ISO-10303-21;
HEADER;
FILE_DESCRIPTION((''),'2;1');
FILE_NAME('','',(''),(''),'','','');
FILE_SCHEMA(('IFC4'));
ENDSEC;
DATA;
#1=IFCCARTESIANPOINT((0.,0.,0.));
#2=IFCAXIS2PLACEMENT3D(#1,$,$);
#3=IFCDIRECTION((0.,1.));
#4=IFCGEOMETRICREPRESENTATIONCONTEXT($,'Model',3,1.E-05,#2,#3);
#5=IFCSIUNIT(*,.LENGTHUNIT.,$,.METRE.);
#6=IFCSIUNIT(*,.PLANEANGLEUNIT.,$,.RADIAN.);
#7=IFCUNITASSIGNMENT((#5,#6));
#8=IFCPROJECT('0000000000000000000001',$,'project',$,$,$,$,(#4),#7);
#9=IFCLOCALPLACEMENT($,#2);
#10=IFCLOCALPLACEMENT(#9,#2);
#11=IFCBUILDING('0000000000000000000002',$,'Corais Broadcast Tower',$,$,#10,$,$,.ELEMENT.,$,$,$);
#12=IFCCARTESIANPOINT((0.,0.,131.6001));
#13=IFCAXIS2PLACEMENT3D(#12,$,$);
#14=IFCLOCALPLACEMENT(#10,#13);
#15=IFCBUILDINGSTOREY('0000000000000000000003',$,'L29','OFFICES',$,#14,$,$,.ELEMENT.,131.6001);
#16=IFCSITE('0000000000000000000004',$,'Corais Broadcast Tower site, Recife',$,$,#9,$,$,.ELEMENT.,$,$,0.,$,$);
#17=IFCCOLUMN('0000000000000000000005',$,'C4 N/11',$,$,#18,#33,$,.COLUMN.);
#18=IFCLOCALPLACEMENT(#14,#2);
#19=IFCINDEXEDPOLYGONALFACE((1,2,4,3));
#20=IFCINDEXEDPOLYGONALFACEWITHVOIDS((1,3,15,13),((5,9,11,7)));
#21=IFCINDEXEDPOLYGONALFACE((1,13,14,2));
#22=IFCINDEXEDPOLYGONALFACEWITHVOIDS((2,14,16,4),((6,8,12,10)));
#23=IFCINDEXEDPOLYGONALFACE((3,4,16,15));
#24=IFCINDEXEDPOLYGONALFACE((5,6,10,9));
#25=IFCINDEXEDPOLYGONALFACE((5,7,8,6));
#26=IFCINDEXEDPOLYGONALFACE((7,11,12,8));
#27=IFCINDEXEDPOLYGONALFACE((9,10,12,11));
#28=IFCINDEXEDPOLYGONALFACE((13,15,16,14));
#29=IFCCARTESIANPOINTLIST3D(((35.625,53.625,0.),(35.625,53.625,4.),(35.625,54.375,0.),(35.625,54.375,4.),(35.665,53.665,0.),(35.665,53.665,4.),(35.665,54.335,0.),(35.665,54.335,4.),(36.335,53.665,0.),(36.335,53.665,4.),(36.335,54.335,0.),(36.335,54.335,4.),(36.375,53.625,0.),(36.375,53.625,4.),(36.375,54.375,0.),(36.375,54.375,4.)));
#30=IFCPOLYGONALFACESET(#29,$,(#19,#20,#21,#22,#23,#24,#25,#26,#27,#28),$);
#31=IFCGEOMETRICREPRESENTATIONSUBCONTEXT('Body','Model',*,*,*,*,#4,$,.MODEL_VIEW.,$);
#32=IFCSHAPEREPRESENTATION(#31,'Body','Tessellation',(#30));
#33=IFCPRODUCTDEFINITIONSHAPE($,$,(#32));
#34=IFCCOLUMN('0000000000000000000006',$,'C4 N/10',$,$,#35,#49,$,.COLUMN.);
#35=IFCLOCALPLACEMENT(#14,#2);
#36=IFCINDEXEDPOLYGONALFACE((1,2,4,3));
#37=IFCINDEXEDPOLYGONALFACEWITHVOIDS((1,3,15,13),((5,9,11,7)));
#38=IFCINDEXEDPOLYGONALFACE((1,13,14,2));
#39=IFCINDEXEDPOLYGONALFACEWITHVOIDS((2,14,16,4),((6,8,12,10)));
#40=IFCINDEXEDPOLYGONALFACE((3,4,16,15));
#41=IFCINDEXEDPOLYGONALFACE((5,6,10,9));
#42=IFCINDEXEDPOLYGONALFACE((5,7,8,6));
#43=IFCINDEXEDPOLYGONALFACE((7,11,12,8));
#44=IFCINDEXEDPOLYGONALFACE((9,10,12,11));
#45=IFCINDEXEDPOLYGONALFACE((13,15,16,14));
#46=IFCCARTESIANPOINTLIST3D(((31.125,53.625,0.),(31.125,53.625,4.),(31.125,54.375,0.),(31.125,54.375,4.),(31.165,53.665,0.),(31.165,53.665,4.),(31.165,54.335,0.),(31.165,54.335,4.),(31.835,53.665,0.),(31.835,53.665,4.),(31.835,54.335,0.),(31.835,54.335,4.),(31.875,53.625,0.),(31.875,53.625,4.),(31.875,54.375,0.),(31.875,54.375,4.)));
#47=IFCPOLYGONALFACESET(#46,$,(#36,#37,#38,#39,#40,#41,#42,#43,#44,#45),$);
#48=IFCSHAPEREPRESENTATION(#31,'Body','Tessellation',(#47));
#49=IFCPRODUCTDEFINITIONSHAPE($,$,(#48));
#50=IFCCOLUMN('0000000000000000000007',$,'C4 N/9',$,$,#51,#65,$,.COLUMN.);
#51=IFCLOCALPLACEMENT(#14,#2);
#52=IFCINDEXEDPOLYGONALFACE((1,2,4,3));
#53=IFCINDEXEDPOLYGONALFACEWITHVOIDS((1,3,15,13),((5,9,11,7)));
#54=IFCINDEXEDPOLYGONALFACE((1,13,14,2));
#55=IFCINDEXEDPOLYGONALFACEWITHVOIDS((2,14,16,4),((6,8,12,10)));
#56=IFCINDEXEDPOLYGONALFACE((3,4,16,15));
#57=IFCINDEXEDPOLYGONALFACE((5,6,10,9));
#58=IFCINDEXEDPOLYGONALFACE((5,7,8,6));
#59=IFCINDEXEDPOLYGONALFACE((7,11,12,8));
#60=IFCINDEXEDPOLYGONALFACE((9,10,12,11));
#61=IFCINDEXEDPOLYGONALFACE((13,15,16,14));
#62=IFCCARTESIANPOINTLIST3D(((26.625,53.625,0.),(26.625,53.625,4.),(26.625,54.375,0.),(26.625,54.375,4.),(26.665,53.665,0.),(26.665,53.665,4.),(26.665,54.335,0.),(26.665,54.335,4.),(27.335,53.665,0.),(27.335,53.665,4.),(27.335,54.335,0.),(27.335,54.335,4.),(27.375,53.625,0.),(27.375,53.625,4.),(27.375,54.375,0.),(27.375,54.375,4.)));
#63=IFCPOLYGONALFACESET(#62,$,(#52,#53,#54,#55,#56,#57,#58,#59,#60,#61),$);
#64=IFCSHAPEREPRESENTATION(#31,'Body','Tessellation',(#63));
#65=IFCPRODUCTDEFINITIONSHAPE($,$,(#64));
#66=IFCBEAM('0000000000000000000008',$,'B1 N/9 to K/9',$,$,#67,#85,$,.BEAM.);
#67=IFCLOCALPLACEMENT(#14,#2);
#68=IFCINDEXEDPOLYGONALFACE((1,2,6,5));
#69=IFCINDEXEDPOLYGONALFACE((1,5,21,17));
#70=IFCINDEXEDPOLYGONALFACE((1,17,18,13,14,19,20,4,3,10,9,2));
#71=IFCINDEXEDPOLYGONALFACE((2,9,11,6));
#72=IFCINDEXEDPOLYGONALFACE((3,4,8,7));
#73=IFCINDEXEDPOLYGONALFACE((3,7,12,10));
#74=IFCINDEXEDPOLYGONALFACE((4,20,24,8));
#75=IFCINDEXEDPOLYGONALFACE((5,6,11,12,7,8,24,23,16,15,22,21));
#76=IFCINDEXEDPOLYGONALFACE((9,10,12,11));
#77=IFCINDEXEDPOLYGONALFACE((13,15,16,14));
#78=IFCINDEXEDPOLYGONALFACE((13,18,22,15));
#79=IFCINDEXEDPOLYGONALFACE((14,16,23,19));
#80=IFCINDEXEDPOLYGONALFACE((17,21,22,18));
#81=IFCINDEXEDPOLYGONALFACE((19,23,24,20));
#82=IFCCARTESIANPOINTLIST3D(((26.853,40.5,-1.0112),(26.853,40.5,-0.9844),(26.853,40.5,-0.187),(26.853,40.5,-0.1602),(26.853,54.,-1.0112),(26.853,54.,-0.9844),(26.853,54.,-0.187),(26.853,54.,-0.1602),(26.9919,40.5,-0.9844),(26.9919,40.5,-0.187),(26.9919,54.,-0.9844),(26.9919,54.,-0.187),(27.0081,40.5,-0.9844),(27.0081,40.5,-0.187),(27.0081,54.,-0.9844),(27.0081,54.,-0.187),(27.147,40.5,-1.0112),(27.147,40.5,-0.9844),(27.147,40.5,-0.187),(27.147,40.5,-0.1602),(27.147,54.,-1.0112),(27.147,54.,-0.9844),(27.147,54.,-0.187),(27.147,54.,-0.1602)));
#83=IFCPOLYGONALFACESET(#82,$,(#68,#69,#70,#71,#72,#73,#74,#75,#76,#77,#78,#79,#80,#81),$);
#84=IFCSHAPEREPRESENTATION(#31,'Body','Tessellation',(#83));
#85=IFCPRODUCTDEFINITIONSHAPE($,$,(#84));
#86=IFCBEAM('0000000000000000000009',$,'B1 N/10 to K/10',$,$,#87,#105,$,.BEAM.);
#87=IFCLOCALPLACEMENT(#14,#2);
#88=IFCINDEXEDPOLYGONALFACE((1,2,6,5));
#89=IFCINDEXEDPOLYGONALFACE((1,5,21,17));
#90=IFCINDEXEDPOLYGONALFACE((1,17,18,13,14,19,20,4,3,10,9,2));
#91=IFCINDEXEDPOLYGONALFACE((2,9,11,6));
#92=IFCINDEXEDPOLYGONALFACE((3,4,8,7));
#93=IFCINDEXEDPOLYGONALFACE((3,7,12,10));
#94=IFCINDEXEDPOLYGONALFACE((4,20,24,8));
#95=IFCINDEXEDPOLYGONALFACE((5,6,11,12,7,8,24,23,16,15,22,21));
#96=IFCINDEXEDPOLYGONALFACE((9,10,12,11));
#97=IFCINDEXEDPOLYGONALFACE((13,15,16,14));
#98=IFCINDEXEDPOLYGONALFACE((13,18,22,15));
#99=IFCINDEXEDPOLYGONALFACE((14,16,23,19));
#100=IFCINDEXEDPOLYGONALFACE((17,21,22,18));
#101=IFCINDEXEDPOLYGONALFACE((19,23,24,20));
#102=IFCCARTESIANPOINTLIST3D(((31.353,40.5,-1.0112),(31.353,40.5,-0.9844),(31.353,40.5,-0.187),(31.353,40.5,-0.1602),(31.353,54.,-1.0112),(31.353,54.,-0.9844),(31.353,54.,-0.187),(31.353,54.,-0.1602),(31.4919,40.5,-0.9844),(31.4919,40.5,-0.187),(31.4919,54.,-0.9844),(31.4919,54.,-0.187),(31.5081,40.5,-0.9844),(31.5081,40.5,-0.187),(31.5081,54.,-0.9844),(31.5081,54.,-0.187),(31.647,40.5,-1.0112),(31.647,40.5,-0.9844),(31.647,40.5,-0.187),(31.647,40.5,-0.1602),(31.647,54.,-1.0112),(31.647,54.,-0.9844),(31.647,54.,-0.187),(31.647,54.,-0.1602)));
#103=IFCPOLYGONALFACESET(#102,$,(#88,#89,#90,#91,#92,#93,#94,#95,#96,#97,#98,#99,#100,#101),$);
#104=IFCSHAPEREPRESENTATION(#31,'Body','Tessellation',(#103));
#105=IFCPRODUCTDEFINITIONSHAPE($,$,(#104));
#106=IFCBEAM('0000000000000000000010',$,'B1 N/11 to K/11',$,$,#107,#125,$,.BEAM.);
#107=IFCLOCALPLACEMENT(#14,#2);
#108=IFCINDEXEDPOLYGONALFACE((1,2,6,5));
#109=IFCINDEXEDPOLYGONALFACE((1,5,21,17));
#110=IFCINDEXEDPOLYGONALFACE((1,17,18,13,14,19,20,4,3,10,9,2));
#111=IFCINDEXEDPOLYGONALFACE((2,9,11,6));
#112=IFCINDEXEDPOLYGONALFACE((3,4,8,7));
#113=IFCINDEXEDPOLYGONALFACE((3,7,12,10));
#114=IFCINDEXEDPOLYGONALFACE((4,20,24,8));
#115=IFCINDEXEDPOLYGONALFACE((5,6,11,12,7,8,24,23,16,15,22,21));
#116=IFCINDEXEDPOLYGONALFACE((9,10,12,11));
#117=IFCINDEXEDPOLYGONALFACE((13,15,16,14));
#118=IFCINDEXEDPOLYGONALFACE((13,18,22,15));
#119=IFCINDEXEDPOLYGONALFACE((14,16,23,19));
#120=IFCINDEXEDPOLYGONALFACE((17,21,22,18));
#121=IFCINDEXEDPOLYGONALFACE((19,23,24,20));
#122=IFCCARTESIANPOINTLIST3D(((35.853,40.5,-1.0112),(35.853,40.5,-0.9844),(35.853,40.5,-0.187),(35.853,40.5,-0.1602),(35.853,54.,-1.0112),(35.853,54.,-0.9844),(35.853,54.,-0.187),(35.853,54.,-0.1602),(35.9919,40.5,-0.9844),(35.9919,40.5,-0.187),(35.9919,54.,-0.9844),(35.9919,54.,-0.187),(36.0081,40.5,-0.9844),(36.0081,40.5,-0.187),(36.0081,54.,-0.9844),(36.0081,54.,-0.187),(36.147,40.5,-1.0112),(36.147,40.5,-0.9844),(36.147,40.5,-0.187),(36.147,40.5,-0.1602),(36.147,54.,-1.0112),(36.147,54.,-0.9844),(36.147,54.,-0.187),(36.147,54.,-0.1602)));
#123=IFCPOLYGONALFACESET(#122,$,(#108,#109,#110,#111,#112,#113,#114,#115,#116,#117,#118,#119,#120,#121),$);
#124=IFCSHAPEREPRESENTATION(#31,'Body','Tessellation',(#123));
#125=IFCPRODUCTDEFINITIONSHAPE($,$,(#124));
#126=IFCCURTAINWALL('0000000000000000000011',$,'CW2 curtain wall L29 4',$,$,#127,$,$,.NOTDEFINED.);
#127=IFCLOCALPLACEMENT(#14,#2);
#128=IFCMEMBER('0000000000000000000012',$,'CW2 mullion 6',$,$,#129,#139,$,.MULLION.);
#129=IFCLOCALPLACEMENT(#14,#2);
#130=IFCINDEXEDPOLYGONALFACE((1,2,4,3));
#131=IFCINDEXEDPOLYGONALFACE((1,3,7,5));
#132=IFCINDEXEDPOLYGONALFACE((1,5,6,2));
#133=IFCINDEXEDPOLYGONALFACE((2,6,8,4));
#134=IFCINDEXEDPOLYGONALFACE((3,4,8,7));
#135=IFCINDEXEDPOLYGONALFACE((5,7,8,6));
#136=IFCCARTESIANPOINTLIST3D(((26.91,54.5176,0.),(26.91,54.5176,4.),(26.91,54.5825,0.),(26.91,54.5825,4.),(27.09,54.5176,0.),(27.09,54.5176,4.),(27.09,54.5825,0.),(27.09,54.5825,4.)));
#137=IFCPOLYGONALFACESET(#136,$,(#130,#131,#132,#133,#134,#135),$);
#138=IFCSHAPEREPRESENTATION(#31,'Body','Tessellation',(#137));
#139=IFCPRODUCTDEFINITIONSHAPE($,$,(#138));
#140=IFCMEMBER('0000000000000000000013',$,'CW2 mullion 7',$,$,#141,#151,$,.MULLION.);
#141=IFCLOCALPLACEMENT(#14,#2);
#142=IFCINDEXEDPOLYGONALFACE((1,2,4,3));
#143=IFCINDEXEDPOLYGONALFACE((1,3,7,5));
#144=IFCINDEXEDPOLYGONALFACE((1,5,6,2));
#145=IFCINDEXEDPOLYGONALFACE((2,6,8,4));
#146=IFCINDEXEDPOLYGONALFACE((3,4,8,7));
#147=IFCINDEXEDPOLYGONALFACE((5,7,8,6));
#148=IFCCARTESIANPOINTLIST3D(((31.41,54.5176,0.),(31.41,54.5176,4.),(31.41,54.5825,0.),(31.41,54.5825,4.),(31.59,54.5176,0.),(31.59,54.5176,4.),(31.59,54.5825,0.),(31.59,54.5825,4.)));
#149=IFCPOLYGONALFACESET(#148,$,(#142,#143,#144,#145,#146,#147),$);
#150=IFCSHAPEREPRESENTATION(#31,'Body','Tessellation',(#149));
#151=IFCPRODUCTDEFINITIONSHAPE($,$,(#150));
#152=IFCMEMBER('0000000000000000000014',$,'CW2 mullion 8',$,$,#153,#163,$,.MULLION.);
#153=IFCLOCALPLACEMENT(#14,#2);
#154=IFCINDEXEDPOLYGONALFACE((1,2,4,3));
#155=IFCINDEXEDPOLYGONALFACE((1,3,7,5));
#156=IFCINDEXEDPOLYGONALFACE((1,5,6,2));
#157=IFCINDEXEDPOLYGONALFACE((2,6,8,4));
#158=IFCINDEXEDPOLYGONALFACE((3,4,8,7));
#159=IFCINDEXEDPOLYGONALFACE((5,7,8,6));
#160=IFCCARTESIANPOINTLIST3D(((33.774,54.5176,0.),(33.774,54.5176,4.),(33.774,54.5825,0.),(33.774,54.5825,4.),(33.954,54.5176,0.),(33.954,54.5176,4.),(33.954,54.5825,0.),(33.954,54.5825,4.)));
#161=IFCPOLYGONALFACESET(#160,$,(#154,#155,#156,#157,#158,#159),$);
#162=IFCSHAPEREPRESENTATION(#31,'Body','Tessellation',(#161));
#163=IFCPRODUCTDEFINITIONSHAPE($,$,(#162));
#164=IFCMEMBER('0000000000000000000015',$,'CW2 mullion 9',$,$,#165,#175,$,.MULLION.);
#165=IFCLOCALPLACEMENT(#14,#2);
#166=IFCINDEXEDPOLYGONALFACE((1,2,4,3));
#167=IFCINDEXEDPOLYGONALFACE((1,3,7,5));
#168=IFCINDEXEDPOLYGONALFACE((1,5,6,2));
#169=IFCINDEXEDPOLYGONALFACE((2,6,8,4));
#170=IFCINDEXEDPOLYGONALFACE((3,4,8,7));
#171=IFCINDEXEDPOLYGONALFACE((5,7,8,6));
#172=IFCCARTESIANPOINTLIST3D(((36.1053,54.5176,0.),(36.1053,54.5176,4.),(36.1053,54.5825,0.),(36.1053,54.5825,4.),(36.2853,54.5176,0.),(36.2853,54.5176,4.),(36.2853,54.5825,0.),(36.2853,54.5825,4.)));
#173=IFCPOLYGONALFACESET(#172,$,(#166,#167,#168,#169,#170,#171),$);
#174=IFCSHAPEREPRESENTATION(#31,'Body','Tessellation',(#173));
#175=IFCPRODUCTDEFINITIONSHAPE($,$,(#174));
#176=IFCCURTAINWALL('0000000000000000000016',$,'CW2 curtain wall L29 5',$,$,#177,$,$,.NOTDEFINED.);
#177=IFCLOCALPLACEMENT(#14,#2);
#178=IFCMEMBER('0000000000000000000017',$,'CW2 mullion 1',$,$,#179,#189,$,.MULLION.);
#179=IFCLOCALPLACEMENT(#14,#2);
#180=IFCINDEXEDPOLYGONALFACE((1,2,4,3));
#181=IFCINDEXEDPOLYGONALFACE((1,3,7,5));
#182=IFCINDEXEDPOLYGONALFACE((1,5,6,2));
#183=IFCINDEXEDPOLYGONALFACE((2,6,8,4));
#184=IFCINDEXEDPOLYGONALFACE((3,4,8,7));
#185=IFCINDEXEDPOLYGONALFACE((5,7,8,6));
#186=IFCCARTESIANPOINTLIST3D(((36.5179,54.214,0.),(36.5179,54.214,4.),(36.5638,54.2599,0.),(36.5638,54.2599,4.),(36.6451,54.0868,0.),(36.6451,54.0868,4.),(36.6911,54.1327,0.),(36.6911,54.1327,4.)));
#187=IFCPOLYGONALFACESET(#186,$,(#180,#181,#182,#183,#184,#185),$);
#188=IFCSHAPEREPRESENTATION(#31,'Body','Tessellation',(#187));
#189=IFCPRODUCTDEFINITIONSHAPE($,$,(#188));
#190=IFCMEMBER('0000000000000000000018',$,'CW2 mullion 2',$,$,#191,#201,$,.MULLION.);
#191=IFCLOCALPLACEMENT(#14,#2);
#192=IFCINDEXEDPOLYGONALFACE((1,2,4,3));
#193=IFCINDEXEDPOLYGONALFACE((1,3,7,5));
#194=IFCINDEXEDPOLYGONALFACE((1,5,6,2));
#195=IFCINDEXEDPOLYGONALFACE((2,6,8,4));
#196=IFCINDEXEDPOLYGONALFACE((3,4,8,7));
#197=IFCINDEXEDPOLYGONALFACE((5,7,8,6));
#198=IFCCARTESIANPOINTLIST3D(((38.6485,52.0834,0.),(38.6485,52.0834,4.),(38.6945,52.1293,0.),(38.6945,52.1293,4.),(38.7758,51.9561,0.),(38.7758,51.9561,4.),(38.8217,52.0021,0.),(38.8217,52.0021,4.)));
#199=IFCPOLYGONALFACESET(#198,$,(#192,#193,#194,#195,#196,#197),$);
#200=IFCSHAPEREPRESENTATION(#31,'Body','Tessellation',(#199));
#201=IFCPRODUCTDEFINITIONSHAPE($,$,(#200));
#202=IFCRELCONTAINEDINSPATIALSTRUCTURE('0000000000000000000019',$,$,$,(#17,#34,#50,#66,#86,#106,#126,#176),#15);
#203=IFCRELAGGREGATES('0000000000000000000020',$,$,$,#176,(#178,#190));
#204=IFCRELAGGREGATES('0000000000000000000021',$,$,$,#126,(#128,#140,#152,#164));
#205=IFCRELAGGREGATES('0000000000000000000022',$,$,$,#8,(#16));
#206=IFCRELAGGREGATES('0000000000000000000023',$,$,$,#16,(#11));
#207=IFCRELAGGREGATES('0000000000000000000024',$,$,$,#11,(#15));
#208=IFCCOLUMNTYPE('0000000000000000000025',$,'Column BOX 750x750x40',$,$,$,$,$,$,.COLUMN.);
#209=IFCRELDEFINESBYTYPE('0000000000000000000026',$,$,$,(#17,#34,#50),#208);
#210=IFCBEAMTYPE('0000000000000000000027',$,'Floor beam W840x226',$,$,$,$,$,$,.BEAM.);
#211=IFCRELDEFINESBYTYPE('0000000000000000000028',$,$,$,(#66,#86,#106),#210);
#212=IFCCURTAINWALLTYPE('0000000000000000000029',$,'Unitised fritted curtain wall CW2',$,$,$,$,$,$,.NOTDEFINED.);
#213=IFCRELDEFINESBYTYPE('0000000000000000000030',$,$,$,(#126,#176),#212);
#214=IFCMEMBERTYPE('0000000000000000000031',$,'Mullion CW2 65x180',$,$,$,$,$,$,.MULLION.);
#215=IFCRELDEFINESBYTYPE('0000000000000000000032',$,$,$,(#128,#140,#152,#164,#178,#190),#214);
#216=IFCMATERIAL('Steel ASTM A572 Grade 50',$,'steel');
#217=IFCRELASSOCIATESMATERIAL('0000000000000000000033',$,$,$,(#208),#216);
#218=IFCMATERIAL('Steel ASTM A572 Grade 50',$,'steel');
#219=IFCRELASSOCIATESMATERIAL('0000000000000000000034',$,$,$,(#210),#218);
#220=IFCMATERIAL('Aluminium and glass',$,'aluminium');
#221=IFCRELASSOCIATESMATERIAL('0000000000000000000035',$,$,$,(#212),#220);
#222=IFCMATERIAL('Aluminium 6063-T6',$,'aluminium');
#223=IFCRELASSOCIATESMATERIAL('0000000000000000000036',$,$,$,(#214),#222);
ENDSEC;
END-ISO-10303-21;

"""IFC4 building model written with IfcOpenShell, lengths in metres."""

from ifc_helpers import new_model, si_unit, direction, frame, origin, origin_2d, place, context, subcontext, project, spatial, rectangle, hollow_rectangle, i_section, extrude, material, material_profile, profile_set, type_object, element, aggregate, save


model = new_model("IFC4")

# Units and contexts
model_context = context("Model", 3, precision=1e-05, world=origin(), true_north=direction((0.0, 1.0)))
body_context = subcontext(model_context, "Body", "Model", "MODEL_VIEW")
ifc_project = project(units=[si_unit("LENGTHUNIT", "METRE"), si_unit("PLANEANGLEUNIT", "RADIAN")], contexts=[model_context])

# Site, building, storey
site_placement = place(None, origin())
site = spatial("IfcSite", under=ifc_project, at=site_placement, Name="Corais Broadcast Tower site, Recife", CompositionType="ELEMENT", RefElevation=0.0)
building_placement = place(site_placement, origin())
building = spatial("IfcBuilding", under=site, at=building_placement, Name="Corais Broadcast Tower", CompositionType="ELEMENT")
storey_placement = place(building_placement, frame((0.0, 0.0, 131.6001)))
storey = spatial("IfcBuildingStorey", under=building, at=storey_placement, Name="L29", Description="OFFICES", CompositionType="ELEMENT", Elevation=131.6001)

# Columns
ifc_material_1 = material(Name="Steel ASTM A572 Grade 50", Category="steel")
ifc_material_profile_1 = material_profile(ifc_material_1, hollow_rectangle(XDim=0.75, YDim=0.75, WallThickness=0.04, at=origin_2d()), Name="BOX 750x750x40")
ifc_profile_set_1 = profile_set([ifc_material_profile_1], Name="Steel ASTM A572 Grade 50")
column_type = type_object("IfcColumnType", Name="Column BOX 750x750x40", PredefinedType="COLUMN", material=ifc_profile_set_1)
for number, where, z_axis, x_axis, name in (
    (1, (36.0, 54.0, 0.0), (0.0, 0.0, 1.0), (1.0, 0.0, 0.0), "C4 N/11"),
    (2, (31.5, 54.0, 0.0), (0.0, 0.0, 1.0), (1.0, 0.0, 0.0), "C4 N/10"),
    (3, (27.0, 54.0, 0.0), (0.0, 0.0, 1.0), (1.0, 0.0, 0.0), "C4 N/9"),
):
    element("IfcColumn", number, at=place(storey_placement, frame(where, z_axis=z_axis, x_axis=x_axis)), inside=storey, type_object=column_type, Name=name, PredefinedType="COLUMN", context=body_context, shape_type="SweptSolid", body=[
        extrude(hollow_rectangle(XDim=0.75, YDim=0.75, WallThickness=0.04, at=origin_2d()), origin(), (0.0, 0.0, 1.0), 4.0),
    ])

# Beams
ifc_material_2 = material(Name="Steel ASTM A572 Grade 50", Category="steel")
ifc_material_profile_2 = material_profile(ifc_material_2, i_section(OverallWidth=0.2939, OverallDepth=0.8511, WebThickness=0.0161, FlangeThickness=0.0269, at=origin_2d()), Name="W840x226")
ifc_profile_set_2 = profile_set([ifc_material_profile_2], Name="Steel ASTM A572 Grade 50")
beam_type_1 = type_object("IfcBeamType", Name="Floor beam W840x226", PredefinedType="BEAM", material=ifc_profile_set_2)
for number, where, z_axis, x_axis, name in (
    (4, (27.0, 54.0, -0.5857), (0.0, -1.0, 0.0), (1.0, 0.0, 0.0), "B1 N/9 to K/9"),
    (5, (31.5, 54.0, -0.5857), (0.0, -1.0, 0.0), (1.0, 0.0, 0.0), "B1 N/10 to K/10"),
    (6, (36.0, 54.0, -0.5857), (0.0, -1.0, 0.0), (1.0, 0.0, 0.0), "B1 N/11 to K/11"),
):
    element("IfcBeam", number, at=place(storey_placement, frame(where, z_axis=z_axis, x_axis=x_axis)), inside=storey, type_object=beam_type_1, Name=name, PredefinedType="BEAM", context=body_context, shape_type="SweptSolid", body=[
        extrude(i_section(OverallWidth=0.2939, OverallDepth=0.8511, WebThickness=0.0161, FlangeThickness=0.0269, at=origin_2d()), origin(), (0.0, 0.0, 1.0), 13.5),
    ])

# Curtain walls, members
ifc_material_3 = material(Name="Aluminium and glass", Category="aluminium")
curtain_wall_type = type_object("IfcCurtainWallType", Name="Unitised fritted curtain wall CW2", PredefinedType="NOTDEFINED", material=ifc_material_3)
curtain_wall_1_placement = place(storey_placement, origin())
curtain_wall_1 = element("IfcCurtainWall", 7, at=curtain_wall_1_placement, inside=storey, type_object=curtain_wall_type, Name="CW2 curtain wall L29 4", PredefinedType="NOTDEFINED")
ifc_material_4 = material(Name="Aluminium 6063-T6", Category="aluminium")
ifc_material_profile_3 = material_profile(ifc_material_4, rectangle(XDim=0.0649, YDim=0.1799, at=origin_2d()), Name="Mullion CW2 65x180")
ifc_profile_set_3 = profile_set([ifc_material_profile_3], Name="Aluminium 6063-T6")
member_type_1 = type_object("IfcMemberType", Name="Mullion CW2 65x180", PredefinedType="MULLION", material=ifc_profile_set_3)
member_1_placement = place(storey_placement, frame((27.0, 54.55, 0.0), z_axis=(0.0, 0.0, 1.0), x_axis=(0.0, 1.0, 0.0)))
member_1 = element("IfcMember", 8, at=member_1_placement, type_object=member_type_1, Name="CW2 mullion 6", PredefinedType="MULLION", context=body_context, shape_type="SweptSolid", body=[
    extrude(rectangle(XDim=0.0649, YDim=0.1799, at=origin_2d()), origin(), (0.0, 0.0, 1.0), 4.0),
])
member_2_placement = place(storey_placement, frame((31.5, 54.55, 0.0), z_axis=(0.0, 0.0, 1.0), x_axis=(0.0, 1.0, 0.0)))
member_2 = element("IfcMember", 9, at=member_2_placement, type_object=member_type_1, Name="CW2 mullion 7", PredefinedType="MULLION", context=body_context, shape_type="SweptSolid", body=[
    extrude(rectangle(XDim=0.0649, YDim=0.1799, at=origin_2d()), origin(), (0.0, 0.0, 1.0), 4.0),
])
member_3_placement = place(storey_placement, frame((33.864, 54.55, 0.0), z_axis=(0.0, 0.0, 1.0), x_axis=(0.0, 1.0, 0.0)))
member_3 = element("IfcMember", 10, at=member_3_placement, type_object=member_type_1, Name="CW2 mullion 8", PredefinedType="MULLION", context=body_context, shape_type="SweptSolid", body=[
    extrude(rectangle(XDim=0.0649, YDim=0.1799, at=origin_2d()), origin(), (0.0, 0.0, 1.0), 4.0),
])
member_4_placement = place(storey_placement, frame((36.1953, 54.55, 0.0), z_axis=(0.0, 0.0, 1.0), x_axis=(0.0, 1.0, 0.0)))
member_4 = element("IfcMember", 11, at=member_4_placement, type_object=member_type_1, Name="CW2 mullion 9", PredefinedType="MULLION", context=body_context, shape_type="SweptSolid", body=[
    extrude(rectangle(XDim=0.0649, YDim=0.1799, at=origin_2d()), origin(), (0.0, 0.0, 1.0), 4.0),
])
curtain_wall_2_placement = place(storey_placement, origin())
curtain_wall_2 = element("IfcCurtainWall", 12, at=curtain_wall_2_placement, inside=storey, type_object=curtain_wall_type, Name="CW2 curtain wall L29 5", PredefinedType="NOTDEFINED")
member_5_placement = place(storey_placement, frame((36.6045, 54.1733, 0.0), z_axis=(0.0, 0.0, 1.0), x_axis=(0.707107, 0.707107, 0.0)))
member_5 = element("IfcMember", 13, at=member_5_placement, type_object=member_type_1, Name="CW2 mullion 1", PredefinedType="MULLION", context=body_context, shape_type="SweptSolid", body=[
    extrude(rectangle(XDim=0.0649, YDim=0.1799, at=origin_2d()), origin(), (0.0, 0.0, 1.0), 4.0),
])
member_6_placement = place(storey_placement, frame((38.7351, 52.0427, 0.0), z_axis=(0.0, 0.0, 1.0), x_axis=(0.707107, 0.707107, 0.0)))
member_6 = element("IfcMember", 14, at=member_6_placement, type_object=member_type_1, Name="CW2 mullion 2", PredefinedType="MULLION", context=body_context, shape_type="SweptSolid", body=[
    extrude(rectangle(XDim=0.0649, YDim=0.1799, at=origin_2d()), origin(), (0.0, 0.0, 1.0), 4.0),
])

aggregate(curtain_wall_2, [member_5, member_6])
aggregate(curtain_wall_1, [member_1, member_2, member_3, member_4])

save(model, "model.ifc")
